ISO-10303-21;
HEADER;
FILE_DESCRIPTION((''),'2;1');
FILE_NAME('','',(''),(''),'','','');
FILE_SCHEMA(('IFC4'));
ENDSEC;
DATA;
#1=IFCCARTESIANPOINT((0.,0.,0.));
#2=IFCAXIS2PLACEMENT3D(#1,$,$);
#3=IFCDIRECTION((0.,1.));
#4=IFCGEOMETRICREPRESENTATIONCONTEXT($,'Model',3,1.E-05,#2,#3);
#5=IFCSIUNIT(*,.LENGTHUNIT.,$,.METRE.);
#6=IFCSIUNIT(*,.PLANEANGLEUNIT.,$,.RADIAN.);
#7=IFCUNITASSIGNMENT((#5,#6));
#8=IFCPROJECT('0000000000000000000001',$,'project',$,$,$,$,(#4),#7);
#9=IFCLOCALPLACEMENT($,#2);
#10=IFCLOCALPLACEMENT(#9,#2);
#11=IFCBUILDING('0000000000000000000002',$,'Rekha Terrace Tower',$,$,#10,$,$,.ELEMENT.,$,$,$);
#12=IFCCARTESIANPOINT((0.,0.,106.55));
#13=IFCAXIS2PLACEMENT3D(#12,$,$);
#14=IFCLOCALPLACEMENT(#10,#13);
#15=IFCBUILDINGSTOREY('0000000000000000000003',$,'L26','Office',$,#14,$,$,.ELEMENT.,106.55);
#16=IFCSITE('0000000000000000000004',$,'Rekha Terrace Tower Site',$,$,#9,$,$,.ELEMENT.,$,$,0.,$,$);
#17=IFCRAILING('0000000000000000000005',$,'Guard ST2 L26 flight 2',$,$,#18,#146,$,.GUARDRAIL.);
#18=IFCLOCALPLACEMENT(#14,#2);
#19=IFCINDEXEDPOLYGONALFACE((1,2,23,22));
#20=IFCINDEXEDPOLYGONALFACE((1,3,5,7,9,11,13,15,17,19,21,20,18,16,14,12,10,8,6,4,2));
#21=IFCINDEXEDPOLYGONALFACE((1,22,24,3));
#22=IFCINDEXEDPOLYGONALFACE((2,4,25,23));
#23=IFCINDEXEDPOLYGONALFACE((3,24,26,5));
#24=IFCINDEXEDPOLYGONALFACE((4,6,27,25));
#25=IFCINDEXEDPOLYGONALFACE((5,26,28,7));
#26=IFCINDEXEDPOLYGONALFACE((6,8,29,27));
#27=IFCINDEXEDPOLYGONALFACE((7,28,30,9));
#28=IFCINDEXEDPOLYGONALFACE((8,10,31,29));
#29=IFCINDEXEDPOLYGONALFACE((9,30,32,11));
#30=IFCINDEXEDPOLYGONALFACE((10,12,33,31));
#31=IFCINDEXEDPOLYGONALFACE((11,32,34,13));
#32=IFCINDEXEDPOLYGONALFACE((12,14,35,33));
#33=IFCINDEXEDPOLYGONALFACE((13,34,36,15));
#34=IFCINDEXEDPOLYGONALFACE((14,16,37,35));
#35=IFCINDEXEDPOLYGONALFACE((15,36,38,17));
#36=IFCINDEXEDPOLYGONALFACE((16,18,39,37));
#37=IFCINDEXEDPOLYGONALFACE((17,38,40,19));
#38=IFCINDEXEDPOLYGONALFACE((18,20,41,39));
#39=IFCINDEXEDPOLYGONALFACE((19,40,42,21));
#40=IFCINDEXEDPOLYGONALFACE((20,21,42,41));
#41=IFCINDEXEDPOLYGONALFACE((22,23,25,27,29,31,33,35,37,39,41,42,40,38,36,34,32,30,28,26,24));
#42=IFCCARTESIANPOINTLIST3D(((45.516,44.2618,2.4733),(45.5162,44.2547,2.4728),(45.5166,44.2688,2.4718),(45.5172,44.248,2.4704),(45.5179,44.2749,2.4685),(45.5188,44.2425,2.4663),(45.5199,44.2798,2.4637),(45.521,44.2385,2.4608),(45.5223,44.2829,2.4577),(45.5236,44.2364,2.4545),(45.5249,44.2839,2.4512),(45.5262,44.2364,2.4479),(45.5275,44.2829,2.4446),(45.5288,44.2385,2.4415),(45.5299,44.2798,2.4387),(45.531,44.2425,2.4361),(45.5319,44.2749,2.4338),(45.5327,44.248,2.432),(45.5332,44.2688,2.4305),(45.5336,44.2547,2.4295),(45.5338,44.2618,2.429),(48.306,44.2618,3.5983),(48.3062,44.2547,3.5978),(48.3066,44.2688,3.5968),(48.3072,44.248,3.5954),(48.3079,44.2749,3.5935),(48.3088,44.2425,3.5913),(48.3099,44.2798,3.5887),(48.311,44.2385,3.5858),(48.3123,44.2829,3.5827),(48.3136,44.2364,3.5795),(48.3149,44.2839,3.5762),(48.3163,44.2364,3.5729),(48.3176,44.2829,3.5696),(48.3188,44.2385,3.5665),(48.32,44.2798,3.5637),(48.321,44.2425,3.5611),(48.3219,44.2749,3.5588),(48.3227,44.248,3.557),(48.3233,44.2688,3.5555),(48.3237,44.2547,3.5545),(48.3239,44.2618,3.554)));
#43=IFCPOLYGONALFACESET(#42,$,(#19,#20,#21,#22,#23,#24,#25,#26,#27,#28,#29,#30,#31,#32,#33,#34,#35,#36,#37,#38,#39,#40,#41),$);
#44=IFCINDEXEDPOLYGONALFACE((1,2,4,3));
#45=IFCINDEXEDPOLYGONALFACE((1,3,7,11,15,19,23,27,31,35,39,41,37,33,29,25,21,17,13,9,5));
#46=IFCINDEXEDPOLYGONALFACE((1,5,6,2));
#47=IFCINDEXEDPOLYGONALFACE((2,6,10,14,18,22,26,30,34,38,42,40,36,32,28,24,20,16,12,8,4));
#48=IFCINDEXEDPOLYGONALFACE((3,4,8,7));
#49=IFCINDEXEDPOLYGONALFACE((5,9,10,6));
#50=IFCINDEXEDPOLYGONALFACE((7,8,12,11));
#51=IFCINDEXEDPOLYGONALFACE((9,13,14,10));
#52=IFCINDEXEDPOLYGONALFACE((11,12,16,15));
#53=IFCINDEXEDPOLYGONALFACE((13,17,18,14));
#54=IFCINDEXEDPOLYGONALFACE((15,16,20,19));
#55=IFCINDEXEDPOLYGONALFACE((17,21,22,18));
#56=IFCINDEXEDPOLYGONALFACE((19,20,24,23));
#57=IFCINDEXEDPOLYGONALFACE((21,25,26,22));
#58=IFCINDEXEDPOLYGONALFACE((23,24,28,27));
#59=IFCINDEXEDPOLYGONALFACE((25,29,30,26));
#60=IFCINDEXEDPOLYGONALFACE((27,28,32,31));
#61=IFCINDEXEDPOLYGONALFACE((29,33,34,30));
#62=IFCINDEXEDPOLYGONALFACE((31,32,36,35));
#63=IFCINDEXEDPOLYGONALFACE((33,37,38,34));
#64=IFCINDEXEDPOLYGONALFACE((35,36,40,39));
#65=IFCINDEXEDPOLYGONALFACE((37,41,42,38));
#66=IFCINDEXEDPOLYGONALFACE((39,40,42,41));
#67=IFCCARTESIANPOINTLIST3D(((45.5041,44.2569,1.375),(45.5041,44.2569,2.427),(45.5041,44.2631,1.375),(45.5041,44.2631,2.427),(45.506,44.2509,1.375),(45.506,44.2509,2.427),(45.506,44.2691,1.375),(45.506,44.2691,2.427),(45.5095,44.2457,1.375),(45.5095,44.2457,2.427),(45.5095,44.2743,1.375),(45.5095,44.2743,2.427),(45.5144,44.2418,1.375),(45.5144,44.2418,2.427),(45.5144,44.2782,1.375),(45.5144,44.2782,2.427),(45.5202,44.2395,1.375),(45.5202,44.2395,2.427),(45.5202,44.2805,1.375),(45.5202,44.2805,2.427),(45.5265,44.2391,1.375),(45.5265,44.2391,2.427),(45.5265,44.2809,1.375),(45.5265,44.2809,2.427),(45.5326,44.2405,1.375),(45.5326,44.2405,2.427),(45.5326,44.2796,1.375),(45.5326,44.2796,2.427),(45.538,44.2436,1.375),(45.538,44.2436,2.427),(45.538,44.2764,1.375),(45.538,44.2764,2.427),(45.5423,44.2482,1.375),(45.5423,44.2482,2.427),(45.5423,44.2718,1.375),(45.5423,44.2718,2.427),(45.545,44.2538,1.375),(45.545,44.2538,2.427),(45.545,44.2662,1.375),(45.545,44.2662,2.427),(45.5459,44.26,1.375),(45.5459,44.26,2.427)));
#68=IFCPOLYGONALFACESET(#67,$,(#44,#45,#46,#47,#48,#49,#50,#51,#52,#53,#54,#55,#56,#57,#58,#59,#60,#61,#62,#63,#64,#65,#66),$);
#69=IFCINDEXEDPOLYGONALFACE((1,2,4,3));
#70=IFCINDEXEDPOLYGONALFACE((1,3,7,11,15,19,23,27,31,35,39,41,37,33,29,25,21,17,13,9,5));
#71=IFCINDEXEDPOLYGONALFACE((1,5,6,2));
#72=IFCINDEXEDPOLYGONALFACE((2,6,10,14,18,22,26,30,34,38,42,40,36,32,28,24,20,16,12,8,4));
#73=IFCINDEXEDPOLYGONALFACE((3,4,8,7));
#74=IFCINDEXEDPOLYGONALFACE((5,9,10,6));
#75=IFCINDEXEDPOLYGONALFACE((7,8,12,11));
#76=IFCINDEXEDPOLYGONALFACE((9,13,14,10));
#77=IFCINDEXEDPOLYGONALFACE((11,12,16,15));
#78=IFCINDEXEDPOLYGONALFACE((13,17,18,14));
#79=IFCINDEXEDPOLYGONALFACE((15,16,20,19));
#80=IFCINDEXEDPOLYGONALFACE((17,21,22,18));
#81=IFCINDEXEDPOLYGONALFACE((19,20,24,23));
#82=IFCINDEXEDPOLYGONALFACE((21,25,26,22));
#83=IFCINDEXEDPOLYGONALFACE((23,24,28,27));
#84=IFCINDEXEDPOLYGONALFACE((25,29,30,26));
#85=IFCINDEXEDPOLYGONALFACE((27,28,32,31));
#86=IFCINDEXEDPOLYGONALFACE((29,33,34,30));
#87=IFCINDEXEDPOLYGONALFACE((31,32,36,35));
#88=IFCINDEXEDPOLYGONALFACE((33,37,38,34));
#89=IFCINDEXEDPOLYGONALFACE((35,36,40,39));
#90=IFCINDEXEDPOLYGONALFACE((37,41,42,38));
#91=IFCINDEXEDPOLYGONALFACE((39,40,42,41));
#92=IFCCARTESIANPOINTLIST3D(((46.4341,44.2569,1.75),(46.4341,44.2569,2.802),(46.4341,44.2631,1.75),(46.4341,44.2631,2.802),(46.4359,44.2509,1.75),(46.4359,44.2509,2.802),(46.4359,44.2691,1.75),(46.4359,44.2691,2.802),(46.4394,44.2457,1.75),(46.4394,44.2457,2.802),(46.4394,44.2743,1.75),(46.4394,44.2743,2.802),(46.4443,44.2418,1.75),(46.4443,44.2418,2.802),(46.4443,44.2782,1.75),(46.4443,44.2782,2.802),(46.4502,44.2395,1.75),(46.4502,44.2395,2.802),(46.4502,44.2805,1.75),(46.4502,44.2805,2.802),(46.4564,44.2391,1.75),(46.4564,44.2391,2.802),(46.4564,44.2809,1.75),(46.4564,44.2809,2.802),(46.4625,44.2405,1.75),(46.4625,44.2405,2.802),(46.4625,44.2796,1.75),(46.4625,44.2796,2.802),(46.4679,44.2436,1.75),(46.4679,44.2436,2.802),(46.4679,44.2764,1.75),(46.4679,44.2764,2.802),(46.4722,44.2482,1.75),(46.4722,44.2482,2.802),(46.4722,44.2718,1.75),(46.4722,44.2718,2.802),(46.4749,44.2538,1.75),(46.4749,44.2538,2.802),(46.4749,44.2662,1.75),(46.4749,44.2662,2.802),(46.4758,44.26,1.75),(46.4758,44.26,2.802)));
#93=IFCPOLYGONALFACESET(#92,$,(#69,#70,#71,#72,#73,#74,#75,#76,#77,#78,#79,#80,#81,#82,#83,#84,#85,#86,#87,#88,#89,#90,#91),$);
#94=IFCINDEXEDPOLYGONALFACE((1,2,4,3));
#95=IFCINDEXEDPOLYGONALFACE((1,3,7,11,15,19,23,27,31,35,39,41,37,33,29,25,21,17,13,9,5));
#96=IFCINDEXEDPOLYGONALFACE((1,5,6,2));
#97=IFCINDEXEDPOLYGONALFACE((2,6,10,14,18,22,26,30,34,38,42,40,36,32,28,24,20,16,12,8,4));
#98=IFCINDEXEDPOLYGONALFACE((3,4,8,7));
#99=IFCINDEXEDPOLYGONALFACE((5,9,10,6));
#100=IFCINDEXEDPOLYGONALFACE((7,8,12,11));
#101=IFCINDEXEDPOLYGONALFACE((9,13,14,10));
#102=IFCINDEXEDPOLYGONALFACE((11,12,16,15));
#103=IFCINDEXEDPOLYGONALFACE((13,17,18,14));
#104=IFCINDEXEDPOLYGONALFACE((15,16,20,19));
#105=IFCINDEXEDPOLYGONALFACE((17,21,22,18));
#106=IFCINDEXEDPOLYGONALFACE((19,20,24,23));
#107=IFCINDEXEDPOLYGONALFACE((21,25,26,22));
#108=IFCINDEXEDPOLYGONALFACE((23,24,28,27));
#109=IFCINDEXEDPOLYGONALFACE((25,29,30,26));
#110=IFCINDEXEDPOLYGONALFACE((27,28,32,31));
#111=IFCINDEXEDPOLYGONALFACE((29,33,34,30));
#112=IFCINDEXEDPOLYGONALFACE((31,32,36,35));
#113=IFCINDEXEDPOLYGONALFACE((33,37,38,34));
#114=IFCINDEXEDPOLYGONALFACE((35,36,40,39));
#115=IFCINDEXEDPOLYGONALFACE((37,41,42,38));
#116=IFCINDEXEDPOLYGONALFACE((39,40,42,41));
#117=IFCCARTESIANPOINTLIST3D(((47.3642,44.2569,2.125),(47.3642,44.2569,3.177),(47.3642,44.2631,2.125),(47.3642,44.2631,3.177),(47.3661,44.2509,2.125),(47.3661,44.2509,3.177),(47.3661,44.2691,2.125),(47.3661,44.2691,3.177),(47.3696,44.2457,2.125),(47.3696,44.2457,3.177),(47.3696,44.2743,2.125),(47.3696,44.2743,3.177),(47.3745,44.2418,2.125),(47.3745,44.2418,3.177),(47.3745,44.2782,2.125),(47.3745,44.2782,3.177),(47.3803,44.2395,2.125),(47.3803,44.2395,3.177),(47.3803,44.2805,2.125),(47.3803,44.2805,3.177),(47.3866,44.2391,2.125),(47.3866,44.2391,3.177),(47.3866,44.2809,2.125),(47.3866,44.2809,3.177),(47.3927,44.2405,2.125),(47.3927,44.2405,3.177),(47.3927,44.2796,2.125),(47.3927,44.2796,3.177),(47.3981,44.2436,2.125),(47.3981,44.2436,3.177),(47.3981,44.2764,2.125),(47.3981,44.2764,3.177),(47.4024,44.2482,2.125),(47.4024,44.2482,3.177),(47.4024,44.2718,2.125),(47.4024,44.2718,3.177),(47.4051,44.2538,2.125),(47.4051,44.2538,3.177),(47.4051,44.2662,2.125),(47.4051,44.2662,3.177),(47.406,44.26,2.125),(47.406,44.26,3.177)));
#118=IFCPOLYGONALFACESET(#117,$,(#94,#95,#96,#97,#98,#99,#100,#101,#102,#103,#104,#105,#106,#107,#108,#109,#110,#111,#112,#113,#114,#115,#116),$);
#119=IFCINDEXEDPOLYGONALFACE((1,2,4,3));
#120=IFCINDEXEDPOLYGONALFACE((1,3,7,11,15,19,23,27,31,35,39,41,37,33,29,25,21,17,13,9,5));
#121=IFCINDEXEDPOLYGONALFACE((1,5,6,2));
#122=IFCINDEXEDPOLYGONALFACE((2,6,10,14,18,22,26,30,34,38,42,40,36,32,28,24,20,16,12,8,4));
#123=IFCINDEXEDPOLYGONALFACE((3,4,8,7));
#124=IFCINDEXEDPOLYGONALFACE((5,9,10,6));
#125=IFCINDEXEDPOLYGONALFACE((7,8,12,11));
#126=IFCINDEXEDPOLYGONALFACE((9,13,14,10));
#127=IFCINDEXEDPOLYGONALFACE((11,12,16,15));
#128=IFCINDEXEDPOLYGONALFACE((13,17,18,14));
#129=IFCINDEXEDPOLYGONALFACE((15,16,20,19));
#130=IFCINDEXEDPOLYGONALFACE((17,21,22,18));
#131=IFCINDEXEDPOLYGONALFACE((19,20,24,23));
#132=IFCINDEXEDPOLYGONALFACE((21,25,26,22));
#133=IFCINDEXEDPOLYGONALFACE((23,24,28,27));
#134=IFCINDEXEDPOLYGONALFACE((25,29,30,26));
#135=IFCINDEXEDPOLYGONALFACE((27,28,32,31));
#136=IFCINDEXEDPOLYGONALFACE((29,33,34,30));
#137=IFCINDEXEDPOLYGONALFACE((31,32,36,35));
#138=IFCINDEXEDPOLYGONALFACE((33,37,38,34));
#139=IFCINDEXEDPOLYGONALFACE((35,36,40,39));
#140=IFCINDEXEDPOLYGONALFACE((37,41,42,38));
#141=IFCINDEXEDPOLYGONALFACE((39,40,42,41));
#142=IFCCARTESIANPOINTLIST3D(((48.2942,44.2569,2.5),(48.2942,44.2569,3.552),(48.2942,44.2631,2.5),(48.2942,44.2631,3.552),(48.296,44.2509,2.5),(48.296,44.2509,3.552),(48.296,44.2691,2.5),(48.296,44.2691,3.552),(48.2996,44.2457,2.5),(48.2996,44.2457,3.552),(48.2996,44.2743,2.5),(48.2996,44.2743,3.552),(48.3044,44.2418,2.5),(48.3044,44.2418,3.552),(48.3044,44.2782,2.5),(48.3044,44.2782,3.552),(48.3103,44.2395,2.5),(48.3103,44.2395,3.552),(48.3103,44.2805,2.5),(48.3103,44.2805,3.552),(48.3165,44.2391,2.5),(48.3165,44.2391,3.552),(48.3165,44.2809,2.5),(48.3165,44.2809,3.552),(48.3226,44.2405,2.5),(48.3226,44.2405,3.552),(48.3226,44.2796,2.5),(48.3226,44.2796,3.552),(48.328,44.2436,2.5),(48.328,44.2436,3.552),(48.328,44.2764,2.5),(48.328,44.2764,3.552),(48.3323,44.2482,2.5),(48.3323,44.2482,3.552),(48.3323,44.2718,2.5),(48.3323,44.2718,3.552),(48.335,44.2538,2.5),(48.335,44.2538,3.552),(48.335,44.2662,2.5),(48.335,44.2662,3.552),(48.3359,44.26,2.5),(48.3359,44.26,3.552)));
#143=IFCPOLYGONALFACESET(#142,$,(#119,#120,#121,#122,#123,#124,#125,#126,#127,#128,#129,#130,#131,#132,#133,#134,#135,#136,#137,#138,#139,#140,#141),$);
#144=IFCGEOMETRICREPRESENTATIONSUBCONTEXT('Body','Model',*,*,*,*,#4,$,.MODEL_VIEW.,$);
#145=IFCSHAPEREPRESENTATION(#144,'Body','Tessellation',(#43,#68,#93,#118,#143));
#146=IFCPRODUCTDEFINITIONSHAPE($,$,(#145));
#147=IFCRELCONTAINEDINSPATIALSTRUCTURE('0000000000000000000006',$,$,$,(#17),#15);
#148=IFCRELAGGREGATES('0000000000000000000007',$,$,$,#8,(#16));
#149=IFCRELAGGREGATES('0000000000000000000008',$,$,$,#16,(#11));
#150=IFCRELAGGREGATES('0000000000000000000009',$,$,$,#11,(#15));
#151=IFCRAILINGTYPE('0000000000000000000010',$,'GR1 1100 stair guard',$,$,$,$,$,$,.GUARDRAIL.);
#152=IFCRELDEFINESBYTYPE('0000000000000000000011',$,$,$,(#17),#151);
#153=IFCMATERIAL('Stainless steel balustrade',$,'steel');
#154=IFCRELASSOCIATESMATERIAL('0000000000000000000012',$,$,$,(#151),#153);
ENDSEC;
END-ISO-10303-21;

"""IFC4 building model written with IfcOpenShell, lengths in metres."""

from ifc_helpers import new_model, si_unit, direction, frame, origin, origin_2d, place, context, subcontext, project, spatial, circle, extrude, material, type_object, element, save


model = new_model("IFC4")

# Units and contexts
model_context = context("Model", 3, precision=1e-05, world=origin(), true_north=direction((0.0, 1.0)))
body_context = subcontext(model_context, "Body", "Model", "MODEL_VIEW")
ifc_project = project(units=[si_unit("LENGTHUNIT", "METRE"), si_unit("PLANEANGLEUNIT", "RADIAN")], contexts=[model_context])

# Site, building, storey
site_placement = place(None, origin())
site = spatial("IfcSite", under=ifc_project, at=site_placement, Name="Rekha Terrace Tower Site", CompositionType="ELEMENT", RefElevation=0.0)
building_placement = place(site_placement, origin())
building = spatial("IfcBuilding", under=site, at=building_placement, Name="Rekha Terrace Tower", CompositionType="ELEMENT")
storey_placement = place(building_placement, frame((0.0, 0.0, 106.55)))
storey = spatial("IfcBuildingStorey", under=building, at=storey_placement, Name="L26", Description="Office", CompositionType="ELEMENT", Elevation=106.55)

# Railing
ifc_material_1 = material(Name="Stainless steel balustrade", Category="steel")
railing_type_1 = type_object("IfcRailingType", Name="GR1 1100 stair guard", PredefinedType="GUARDRAIL", material=ifc_material_1)
railing_1_placement = place(storey_placement, frame((45.5249, 44.26, 1.375)))
element("IfcRailing", 1, at=railing_1_placement, inside=storey, type_object=railing_type_1, Name="Guard ST2 L26 flight 2", PredefinedType="GUARDRAIL", context=body_context, shape_type="SweptSolid", body=[
    extrude(circle(Radius=0.0239, at=origin_2d()), frame((0.0, 0.0, 1.0762), z_axis=(0.927443, 0.0, 0.373964), x_axis=(0.0, 1.0, 0.0)), (0.0, 0.0, 1.0), 3.0083),
    extrude(circle(Radius=0.021, at=origin_2d()), origin(), (0.0, 0.0, 1.0), 1.052),
    extrude(circle(Radius=0.021, at=origin_2d()), frame((0.9299, 0.0, 0.375)), (0.0, 0.0, 1.0), 1.052),
    extrude(circle(Radius=0.021, at=origin_2d()), frame((1.8601, 0.0, 0.75)), (0.0, 0.0, 1.0), 1.052),
    extrude(circle(Radius=0.021, at=origin_2d()), frame((2.79, 0.0, 1.125)), (0.0, 0.0, 1.0), 1.052),
])

save(model, "model.ifc")
